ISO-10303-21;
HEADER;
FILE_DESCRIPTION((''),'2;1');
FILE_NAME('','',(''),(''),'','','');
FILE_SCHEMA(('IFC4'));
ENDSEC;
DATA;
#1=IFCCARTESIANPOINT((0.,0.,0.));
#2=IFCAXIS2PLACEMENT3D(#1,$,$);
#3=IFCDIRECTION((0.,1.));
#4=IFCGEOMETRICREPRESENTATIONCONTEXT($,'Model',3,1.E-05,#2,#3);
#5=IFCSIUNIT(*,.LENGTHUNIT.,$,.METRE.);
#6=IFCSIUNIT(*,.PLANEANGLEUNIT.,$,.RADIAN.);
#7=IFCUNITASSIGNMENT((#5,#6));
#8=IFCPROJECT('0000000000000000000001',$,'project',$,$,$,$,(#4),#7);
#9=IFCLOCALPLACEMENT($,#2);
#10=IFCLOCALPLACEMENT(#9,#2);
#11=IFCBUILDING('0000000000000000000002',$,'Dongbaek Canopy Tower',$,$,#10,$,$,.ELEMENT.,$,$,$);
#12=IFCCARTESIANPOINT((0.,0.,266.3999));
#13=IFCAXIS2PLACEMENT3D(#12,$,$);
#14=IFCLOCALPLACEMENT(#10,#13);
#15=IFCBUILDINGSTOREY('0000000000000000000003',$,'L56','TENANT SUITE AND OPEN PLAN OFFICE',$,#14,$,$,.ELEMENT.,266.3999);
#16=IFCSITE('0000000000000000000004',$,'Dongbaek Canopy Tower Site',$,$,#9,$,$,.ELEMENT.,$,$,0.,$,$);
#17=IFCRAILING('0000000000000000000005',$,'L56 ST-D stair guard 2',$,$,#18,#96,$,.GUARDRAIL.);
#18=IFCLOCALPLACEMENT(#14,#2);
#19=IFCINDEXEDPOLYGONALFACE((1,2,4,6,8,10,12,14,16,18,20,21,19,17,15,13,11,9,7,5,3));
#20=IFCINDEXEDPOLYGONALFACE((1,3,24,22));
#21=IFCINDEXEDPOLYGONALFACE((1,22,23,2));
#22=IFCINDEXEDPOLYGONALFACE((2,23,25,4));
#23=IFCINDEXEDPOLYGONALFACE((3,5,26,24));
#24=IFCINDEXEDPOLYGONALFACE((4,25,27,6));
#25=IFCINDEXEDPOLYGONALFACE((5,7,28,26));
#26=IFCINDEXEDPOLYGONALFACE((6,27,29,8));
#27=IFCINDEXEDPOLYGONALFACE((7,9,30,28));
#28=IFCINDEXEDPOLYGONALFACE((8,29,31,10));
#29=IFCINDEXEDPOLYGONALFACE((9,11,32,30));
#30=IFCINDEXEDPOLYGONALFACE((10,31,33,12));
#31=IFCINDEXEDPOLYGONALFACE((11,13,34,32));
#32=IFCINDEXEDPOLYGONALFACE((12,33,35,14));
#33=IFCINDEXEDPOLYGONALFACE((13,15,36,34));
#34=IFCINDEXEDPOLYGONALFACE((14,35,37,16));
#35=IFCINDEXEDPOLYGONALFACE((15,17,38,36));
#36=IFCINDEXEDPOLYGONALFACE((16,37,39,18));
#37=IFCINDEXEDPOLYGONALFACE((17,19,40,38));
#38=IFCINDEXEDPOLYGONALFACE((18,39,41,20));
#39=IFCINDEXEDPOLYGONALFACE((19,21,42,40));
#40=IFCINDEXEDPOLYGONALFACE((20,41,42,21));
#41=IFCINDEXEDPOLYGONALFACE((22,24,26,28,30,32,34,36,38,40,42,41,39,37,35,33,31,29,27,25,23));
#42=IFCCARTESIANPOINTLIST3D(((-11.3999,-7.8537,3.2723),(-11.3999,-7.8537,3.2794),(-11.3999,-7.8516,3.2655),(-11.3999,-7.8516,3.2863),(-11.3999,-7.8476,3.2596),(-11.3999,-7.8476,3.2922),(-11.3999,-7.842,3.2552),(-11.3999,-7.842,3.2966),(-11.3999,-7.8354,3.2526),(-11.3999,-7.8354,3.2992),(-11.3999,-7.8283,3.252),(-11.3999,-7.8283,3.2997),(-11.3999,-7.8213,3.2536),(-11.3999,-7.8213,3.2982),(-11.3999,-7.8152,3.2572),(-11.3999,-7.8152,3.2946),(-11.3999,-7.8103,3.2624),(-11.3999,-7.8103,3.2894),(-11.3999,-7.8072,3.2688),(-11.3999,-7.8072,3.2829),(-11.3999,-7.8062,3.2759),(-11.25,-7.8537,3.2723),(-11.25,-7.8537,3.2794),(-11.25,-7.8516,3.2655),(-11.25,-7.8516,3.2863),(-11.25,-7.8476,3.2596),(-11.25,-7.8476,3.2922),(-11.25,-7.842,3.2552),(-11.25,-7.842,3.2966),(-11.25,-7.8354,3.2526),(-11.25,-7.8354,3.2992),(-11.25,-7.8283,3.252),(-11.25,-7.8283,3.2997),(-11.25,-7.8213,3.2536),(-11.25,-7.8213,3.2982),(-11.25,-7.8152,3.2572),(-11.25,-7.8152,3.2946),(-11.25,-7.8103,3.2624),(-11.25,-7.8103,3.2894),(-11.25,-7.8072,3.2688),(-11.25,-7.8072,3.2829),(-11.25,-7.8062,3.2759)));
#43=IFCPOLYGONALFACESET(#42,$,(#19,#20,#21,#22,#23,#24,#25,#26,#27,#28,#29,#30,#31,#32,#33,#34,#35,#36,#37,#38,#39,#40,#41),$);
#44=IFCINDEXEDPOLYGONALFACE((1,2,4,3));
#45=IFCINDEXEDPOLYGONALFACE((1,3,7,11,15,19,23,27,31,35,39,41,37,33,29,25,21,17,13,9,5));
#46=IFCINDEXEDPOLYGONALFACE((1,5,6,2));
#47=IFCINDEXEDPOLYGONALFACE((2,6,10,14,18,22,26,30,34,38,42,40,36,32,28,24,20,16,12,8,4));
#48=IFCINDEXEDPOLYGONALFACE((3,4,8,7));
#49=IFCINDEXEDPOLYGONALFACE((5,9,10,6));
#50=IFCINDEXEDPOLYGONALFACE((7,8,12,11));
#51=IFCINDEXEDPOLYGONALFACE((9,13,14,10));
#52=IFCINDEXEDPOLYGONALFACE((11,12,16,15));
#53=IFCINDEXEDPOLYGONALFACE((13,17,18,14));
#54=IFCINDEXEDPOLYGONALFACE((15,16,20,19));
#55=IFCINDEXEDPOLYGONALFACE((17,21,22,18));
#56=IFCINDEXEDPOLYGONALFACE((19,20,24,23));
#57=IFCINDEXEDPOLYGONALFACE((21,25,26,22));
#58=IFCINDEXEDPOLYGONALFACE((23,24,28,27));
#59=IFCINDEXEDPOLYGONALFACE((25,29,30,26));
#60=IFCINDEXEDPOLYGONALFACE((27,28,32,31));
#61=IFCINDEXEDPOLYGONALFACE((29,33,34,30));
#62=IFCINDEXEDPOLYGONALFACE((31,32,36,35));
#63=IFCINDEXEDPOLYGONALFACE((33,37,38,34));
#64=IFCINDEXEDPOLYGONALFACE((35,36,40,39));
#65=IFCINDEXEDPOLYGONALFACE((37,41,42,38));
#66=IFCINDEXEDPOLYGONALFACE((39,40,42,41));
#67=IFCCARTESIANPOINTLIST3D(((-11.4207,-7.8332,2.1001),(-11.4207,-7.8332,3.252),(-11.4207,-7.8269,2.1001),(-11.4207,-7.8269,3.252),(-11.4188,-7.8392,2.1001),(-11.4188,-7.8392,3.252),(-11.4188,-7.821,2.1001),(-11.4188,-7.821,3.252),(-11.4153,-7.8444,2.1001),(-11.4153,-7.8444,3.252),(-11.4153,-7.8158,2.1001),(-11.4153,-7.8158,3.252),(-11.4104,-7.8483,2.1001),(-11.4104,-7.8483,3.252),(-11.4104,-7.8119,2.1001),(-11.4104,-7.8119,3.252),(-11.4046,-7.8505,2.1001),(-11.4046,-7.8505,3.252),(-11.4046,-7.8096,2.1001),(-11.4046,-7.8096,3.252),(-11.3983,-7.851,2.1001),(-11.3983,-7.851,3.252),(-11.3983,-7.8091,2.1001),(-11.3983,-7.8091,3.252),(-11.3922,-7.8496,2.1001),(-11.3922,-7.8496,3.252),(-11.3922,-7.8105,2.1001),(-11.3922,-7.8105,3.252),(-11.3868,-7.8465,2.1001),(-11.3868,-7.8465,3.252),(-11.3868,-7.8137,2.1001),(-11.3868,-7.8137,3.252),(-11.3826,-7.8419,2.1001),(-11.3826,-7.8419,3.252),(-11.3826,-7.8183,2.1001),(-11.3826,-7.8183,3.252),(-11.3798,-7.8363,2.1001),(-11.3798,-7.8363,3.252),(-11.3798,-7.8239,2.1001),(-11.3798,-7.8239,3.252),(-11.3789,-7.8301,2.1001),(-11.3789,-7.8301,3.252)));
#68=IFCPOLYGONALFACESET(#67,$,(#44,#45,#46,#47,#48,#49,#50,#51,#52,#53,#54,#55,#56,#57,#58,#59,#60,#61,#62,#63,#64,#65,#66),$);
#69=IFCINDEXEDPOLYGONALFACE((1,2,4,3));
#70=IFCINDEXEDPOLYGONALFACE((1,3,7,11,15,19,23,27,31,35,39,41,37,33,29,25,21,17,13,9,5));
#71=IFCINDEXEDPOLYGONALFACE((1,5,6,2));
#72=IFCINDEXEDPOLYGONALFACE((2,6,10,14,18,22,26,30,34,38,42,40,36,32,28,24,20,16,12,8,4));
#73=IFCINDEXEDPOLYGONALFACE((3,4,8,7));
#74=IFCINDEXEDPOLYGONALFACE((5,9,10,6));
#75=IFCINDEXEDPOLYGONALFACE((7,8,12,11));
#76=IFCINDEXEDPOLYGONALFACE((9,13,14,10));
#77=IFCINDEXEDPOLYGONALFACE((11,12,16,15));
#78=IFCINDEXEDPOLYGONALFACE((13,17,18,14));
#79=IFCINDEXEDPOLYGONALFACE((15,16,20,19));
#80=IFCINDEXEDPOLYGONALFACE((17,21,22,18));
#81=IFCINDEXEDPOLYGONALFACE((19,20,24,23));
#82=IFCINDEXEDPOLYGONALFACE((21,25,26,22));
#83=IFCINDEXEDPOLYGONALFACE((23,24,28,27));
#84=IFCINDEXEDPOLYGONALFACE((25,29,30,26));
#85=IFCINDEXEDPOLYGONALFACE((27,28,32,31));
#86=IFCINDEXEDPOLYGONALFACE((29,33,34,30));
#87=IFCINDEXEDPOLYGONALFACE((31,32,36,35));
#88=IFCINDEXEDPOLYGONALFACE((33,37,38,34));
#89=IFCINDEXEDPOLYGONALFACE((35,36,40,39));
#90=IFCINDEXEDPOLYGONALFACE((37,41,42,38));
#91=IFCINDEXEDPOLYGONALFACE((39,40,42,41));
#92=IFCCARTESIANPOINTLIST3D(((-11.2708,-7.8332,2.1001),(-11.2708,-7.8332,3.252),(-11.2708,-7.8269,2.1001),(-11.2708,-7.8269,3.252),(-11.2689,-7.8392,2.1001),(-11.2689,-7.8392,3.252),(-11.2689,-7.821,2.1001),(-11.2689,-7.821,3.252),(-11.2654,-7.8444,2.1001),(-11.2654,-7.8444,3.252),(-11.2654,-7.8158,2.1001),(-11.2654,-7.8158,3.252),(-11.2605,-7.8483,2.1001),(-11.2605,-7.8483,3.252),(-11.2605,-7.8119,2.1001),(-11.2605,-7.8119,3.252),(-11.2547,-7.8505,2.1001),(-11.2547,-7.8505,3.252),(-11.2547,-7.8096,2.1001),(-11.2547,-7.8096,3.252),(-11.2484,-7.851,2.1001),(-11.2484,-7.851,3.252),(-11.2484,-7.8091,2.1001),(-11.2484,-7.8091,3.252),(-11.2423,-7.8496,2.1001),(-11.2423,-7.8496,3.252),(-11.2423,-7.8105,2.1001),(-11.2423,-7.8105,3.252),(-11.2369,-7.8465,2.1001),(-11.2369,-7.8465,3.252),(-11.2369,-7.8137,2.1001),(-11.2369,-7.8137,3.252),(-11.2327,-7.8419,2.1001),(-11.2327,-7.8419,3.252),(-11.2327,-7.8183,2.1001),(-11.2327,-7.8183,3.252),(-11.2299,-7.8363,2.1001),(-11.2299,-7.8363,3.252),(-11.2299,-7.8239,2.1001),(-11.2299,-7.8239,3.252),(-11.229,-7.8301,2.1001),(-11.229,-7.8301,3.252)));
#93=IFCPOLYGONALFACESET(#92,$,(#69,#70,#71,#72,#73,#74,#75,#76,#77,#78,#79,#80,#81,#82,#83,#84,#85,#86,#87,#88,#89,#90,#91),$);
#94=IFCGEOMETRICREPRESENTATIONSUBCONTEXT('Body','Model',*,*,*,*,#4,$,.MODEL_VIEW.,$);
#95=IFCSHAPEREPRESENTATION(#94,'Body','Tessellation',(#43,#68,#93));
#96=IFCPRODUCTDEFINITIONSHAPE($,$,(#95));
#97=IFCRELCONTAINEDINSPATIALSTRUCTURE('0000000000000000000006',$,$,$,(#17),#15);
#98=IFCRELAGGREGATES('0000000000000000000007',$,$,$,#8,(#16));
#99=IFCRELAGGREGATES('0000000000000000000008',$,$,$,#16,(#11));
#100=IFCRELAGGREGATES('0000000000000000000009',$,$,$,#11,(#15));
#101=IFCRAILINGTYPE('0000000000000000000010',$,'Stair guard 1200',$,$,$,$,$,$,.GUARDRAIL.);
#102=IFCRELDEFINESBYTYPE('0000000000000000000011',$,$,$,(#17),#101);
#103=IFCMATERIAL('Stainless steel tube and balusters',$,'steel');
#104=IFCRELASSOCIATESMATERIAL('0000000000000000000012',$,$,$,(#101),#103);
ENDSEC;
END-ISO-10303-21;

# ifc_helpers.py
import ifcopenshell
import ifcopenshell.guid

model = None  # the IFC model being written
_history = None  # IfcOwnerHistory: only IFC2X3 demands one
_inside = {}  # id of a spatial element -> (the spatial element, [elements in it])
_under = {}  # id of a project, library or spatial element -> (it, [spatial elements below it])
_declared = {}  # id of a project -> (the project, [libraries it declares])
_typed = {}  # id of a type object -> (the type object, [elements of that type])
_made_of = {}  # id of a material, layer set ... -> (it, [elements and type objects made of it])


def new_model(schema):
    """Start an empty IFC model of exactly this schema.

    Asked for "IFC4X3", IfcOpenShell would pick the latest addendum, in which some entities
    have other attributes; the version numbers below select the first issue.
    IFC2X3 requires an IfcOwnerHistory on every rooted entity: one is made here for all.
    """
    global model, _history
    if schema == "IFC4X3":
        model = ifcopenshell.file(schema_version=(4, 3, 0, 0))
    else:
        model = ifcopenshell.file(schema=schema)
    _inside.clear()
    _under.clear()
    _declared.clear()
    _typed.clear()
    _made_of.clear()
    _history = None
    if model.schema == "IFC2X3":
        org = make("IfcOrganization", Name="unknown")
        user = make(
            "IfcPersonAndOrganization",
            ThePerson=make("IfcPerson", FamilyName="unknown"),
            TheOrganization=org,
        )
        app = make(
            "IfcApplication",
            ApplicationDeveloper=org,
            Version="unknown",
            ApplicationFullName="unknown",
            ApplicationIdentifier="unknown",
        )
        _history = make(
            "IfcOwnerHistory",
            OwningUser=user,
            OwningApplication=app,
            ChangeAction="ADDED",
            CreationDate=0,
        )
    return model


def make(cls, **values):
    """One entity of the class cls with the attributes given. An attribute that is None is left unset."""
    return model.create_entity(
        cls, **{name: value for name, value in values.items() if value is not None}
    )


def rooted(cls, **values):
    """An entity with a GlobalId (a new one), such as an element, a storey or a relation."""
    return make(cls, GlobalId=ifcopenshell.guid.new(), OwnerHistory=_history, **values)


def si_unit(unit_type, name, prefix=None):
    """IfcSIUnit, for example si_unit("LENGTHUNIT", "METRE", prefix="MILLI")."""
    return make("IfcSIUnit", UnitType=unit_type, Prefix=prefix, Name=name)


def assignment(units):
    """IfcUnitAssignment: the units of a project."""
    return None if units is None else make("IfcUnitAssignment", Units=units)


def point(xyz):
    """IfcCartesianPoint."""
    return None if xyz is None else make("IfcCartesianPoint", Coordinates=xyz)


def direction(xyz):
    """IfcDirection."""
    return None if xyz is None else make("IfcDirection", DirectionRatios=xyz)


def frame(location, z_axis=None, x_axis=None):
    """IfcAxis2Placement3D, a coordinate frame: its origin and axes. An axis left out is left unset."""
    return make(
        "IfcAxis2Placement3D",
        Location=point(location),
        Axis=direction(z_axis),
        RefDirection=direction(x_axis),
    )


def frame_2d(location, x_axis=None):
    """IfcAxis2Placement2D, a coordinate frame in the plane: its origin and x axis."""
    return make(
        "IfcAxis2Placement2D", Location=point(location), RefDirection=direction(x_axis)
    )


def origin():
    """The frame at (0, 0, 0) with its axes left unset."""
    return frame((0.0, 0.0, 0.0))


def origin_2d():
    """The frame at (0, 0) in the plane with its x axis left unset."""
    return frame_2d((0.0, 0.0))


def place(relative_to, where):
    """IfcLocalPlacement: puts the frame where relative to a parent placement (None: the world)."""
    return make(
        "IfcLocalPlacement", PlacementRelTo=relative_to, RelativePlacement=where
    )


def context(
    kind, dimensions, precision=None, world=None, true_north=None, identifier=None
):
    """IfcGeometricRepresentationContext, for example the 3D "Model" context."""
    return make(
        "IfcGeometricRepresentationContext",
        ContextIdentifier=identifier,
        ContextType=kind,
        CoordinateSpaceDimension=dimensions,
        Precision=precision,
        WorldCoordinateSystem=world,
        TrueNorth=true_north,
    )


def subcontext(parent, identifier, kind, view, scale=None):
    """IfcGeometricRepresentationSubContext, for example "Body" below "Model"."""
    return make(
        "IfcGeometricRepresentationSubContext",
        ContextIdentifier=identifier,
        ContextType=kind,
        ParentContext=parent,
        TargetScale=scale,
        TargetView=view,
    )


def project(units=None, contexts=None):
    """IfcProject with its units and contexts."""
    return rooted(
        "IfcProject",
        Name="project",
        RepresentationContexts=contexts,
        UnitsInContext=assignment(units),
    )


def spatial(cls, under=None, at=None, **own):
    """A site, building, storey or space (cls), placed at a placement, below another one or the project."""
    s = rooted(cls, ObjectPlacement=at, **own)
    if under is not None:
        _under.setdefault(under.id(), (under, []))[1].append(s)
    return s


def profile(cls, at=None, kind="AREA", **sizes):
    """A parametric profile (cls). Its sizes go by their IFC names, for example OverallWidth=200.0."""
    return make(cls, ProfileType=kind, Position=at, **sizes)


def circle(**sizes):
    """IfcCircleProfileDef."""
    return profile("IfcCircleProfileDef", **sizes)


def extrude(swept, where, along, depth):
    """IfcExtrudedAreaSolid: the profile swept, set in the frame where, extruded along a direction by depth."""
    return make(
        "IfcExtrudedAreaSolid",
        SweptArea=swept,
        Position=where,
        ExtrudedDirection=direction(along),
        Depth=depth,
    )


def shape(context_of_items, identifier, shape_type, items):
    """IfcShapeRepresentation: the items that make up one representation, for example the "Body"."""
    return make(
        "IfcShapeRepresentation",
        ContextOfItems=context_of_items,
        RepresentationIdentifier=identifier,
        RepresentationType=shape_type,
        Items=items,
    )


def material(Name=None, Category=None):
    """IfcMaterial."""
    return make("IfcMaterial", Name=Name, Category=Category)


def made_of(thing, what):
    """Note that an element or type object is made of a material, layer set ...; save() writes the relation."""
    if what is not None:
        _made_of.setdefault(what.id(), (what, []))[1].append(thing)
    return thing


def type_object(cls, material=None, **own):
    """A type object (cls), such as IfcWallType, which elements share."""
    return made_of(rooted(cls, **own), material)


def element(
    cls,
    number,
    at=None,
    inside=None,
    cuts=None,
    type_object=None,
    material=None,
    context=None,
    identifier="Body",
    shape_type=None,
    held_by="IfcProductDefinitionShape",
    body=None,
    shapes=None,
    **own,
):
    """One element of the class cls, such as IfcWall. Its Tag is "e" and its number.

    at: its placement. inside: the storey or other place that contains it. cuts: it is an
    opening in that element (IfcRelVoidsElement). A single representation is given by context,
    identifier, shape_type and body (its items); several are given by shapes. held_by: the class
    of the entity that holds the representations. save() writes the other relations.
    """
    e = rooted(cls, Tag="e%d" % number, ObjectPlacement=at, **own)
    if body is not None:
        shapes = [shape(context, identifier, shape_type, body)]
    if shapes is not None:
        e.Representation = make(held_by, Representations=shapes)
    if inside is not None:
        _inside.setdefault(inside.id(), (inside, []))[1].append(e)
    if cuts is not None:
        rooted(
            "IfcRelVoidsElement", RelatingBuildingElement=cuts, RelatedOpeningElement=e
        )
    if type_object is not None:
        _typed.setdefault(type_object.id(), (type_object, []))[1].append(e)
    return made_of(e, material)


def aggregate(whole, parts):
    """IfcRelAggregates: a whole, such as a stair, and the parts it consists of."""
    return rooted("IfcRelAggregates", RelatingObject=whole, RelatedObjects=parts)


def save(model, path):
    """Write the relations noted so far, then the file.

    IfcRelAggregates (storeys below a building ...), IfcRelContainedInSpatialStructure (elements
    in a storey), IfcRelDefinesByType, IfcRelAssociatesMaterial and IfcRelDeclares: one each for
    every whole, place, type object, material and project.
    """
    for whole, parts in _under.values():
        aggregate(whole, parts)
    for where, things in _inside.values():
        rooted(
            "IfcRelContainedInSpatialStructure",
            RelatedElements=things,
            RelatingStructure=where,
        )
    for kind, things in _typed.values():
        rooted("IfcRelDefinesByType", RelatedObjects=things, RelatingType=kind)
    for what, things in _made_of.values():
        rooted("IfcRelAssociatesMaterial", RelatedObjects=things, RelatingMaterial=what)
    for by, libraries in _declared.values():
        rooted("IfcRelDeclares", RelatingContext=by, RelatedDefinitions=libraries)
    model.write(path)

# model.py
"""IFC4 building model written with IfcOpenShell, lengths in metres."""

from ifc_helpers import new_model, si_unit, direction, frame, origin, origin_2d, place, context, subcontext, project, spatial, circle, extrude, material, type_object, element, save


model = new_model("IFC4")

# Units and contexts
model_context = context("Model", 3, precision=1e-05, world=origin(), true_north=direction((0.0, 1.0)))
body_context = subcontext(model_context, "Body", "Model", "MODEL_VIEW")
ifc_project = project(units=[si_unit("LENGTHUNIT", "METRE"), si_unit("PLANEANGLEUNIT", "RADIAN")], contexts=[model_context])

# Site, building, storey
site_placement = place(None, origin())
site = spatial("IfcSite", under=ifc_project, at=site_placement, Name="Dongbaek Canopy Tower Site", CompositionType="ELEMENT", RefElevation=0.0)
building_placement = place(site_placement, origin())
building = spatial("IfcBuilding", under=site, at=building_placement, Name="Dongbaek Canopy Tower", CompositionType="ELEMENT")
storey_placement = place(building_placement, frame((0.0, 0.0, 266.3999)))
storey = spatial("IfcBuildingStorey", under=building, at=storey_placement, Name="L56", Description="TENANT SUITE AND OPEN PLAN OFFICE", CompositionType="ELEMENT", Elevation=266.3999)

# Railing
ifc_material_1 = material(Name="Stainless steel tube and balusters", Category="steel")
railing_type_1 = type_object("IfcRailingType", Name="Stair guard 1200", PredefinedType="GUARDRAIL", material=ifc_material_1)
railing_1_placement = place(storey_placement, frame((-11.3999, -7.8301, 2.1001)))
element("IfcRailing", 1, at=railing_1_placement, inside=storey, type_object=railing_type_1, Name="L56 ST-D stair guard 2", PredefinedType="GUARDRAIL", context=body_context, shape_type="SweptSolid", body=[
    extrude(circle(Radius=0.0239, at=origin_2d()), frame((0.0, 0.0, 1.1758), z_axis=(1.0, 0.0, 0.0), x_axis=(0.0, 1.0, 0.0)), (0.0, 0.0, 1.0), 0.1499),
    extrude(circle(Radius=0.021, at=origin_2d()), origin(), (0.0, 0.0, 1.0), 1.1519),
    extrude(circle(Radius=0.021, at=origin_2d()), frame((0.1499, 0.0, 0.0)), (0.0, 0.0, 1.0), 1.1519),
])

save(model, "model.ifc")
